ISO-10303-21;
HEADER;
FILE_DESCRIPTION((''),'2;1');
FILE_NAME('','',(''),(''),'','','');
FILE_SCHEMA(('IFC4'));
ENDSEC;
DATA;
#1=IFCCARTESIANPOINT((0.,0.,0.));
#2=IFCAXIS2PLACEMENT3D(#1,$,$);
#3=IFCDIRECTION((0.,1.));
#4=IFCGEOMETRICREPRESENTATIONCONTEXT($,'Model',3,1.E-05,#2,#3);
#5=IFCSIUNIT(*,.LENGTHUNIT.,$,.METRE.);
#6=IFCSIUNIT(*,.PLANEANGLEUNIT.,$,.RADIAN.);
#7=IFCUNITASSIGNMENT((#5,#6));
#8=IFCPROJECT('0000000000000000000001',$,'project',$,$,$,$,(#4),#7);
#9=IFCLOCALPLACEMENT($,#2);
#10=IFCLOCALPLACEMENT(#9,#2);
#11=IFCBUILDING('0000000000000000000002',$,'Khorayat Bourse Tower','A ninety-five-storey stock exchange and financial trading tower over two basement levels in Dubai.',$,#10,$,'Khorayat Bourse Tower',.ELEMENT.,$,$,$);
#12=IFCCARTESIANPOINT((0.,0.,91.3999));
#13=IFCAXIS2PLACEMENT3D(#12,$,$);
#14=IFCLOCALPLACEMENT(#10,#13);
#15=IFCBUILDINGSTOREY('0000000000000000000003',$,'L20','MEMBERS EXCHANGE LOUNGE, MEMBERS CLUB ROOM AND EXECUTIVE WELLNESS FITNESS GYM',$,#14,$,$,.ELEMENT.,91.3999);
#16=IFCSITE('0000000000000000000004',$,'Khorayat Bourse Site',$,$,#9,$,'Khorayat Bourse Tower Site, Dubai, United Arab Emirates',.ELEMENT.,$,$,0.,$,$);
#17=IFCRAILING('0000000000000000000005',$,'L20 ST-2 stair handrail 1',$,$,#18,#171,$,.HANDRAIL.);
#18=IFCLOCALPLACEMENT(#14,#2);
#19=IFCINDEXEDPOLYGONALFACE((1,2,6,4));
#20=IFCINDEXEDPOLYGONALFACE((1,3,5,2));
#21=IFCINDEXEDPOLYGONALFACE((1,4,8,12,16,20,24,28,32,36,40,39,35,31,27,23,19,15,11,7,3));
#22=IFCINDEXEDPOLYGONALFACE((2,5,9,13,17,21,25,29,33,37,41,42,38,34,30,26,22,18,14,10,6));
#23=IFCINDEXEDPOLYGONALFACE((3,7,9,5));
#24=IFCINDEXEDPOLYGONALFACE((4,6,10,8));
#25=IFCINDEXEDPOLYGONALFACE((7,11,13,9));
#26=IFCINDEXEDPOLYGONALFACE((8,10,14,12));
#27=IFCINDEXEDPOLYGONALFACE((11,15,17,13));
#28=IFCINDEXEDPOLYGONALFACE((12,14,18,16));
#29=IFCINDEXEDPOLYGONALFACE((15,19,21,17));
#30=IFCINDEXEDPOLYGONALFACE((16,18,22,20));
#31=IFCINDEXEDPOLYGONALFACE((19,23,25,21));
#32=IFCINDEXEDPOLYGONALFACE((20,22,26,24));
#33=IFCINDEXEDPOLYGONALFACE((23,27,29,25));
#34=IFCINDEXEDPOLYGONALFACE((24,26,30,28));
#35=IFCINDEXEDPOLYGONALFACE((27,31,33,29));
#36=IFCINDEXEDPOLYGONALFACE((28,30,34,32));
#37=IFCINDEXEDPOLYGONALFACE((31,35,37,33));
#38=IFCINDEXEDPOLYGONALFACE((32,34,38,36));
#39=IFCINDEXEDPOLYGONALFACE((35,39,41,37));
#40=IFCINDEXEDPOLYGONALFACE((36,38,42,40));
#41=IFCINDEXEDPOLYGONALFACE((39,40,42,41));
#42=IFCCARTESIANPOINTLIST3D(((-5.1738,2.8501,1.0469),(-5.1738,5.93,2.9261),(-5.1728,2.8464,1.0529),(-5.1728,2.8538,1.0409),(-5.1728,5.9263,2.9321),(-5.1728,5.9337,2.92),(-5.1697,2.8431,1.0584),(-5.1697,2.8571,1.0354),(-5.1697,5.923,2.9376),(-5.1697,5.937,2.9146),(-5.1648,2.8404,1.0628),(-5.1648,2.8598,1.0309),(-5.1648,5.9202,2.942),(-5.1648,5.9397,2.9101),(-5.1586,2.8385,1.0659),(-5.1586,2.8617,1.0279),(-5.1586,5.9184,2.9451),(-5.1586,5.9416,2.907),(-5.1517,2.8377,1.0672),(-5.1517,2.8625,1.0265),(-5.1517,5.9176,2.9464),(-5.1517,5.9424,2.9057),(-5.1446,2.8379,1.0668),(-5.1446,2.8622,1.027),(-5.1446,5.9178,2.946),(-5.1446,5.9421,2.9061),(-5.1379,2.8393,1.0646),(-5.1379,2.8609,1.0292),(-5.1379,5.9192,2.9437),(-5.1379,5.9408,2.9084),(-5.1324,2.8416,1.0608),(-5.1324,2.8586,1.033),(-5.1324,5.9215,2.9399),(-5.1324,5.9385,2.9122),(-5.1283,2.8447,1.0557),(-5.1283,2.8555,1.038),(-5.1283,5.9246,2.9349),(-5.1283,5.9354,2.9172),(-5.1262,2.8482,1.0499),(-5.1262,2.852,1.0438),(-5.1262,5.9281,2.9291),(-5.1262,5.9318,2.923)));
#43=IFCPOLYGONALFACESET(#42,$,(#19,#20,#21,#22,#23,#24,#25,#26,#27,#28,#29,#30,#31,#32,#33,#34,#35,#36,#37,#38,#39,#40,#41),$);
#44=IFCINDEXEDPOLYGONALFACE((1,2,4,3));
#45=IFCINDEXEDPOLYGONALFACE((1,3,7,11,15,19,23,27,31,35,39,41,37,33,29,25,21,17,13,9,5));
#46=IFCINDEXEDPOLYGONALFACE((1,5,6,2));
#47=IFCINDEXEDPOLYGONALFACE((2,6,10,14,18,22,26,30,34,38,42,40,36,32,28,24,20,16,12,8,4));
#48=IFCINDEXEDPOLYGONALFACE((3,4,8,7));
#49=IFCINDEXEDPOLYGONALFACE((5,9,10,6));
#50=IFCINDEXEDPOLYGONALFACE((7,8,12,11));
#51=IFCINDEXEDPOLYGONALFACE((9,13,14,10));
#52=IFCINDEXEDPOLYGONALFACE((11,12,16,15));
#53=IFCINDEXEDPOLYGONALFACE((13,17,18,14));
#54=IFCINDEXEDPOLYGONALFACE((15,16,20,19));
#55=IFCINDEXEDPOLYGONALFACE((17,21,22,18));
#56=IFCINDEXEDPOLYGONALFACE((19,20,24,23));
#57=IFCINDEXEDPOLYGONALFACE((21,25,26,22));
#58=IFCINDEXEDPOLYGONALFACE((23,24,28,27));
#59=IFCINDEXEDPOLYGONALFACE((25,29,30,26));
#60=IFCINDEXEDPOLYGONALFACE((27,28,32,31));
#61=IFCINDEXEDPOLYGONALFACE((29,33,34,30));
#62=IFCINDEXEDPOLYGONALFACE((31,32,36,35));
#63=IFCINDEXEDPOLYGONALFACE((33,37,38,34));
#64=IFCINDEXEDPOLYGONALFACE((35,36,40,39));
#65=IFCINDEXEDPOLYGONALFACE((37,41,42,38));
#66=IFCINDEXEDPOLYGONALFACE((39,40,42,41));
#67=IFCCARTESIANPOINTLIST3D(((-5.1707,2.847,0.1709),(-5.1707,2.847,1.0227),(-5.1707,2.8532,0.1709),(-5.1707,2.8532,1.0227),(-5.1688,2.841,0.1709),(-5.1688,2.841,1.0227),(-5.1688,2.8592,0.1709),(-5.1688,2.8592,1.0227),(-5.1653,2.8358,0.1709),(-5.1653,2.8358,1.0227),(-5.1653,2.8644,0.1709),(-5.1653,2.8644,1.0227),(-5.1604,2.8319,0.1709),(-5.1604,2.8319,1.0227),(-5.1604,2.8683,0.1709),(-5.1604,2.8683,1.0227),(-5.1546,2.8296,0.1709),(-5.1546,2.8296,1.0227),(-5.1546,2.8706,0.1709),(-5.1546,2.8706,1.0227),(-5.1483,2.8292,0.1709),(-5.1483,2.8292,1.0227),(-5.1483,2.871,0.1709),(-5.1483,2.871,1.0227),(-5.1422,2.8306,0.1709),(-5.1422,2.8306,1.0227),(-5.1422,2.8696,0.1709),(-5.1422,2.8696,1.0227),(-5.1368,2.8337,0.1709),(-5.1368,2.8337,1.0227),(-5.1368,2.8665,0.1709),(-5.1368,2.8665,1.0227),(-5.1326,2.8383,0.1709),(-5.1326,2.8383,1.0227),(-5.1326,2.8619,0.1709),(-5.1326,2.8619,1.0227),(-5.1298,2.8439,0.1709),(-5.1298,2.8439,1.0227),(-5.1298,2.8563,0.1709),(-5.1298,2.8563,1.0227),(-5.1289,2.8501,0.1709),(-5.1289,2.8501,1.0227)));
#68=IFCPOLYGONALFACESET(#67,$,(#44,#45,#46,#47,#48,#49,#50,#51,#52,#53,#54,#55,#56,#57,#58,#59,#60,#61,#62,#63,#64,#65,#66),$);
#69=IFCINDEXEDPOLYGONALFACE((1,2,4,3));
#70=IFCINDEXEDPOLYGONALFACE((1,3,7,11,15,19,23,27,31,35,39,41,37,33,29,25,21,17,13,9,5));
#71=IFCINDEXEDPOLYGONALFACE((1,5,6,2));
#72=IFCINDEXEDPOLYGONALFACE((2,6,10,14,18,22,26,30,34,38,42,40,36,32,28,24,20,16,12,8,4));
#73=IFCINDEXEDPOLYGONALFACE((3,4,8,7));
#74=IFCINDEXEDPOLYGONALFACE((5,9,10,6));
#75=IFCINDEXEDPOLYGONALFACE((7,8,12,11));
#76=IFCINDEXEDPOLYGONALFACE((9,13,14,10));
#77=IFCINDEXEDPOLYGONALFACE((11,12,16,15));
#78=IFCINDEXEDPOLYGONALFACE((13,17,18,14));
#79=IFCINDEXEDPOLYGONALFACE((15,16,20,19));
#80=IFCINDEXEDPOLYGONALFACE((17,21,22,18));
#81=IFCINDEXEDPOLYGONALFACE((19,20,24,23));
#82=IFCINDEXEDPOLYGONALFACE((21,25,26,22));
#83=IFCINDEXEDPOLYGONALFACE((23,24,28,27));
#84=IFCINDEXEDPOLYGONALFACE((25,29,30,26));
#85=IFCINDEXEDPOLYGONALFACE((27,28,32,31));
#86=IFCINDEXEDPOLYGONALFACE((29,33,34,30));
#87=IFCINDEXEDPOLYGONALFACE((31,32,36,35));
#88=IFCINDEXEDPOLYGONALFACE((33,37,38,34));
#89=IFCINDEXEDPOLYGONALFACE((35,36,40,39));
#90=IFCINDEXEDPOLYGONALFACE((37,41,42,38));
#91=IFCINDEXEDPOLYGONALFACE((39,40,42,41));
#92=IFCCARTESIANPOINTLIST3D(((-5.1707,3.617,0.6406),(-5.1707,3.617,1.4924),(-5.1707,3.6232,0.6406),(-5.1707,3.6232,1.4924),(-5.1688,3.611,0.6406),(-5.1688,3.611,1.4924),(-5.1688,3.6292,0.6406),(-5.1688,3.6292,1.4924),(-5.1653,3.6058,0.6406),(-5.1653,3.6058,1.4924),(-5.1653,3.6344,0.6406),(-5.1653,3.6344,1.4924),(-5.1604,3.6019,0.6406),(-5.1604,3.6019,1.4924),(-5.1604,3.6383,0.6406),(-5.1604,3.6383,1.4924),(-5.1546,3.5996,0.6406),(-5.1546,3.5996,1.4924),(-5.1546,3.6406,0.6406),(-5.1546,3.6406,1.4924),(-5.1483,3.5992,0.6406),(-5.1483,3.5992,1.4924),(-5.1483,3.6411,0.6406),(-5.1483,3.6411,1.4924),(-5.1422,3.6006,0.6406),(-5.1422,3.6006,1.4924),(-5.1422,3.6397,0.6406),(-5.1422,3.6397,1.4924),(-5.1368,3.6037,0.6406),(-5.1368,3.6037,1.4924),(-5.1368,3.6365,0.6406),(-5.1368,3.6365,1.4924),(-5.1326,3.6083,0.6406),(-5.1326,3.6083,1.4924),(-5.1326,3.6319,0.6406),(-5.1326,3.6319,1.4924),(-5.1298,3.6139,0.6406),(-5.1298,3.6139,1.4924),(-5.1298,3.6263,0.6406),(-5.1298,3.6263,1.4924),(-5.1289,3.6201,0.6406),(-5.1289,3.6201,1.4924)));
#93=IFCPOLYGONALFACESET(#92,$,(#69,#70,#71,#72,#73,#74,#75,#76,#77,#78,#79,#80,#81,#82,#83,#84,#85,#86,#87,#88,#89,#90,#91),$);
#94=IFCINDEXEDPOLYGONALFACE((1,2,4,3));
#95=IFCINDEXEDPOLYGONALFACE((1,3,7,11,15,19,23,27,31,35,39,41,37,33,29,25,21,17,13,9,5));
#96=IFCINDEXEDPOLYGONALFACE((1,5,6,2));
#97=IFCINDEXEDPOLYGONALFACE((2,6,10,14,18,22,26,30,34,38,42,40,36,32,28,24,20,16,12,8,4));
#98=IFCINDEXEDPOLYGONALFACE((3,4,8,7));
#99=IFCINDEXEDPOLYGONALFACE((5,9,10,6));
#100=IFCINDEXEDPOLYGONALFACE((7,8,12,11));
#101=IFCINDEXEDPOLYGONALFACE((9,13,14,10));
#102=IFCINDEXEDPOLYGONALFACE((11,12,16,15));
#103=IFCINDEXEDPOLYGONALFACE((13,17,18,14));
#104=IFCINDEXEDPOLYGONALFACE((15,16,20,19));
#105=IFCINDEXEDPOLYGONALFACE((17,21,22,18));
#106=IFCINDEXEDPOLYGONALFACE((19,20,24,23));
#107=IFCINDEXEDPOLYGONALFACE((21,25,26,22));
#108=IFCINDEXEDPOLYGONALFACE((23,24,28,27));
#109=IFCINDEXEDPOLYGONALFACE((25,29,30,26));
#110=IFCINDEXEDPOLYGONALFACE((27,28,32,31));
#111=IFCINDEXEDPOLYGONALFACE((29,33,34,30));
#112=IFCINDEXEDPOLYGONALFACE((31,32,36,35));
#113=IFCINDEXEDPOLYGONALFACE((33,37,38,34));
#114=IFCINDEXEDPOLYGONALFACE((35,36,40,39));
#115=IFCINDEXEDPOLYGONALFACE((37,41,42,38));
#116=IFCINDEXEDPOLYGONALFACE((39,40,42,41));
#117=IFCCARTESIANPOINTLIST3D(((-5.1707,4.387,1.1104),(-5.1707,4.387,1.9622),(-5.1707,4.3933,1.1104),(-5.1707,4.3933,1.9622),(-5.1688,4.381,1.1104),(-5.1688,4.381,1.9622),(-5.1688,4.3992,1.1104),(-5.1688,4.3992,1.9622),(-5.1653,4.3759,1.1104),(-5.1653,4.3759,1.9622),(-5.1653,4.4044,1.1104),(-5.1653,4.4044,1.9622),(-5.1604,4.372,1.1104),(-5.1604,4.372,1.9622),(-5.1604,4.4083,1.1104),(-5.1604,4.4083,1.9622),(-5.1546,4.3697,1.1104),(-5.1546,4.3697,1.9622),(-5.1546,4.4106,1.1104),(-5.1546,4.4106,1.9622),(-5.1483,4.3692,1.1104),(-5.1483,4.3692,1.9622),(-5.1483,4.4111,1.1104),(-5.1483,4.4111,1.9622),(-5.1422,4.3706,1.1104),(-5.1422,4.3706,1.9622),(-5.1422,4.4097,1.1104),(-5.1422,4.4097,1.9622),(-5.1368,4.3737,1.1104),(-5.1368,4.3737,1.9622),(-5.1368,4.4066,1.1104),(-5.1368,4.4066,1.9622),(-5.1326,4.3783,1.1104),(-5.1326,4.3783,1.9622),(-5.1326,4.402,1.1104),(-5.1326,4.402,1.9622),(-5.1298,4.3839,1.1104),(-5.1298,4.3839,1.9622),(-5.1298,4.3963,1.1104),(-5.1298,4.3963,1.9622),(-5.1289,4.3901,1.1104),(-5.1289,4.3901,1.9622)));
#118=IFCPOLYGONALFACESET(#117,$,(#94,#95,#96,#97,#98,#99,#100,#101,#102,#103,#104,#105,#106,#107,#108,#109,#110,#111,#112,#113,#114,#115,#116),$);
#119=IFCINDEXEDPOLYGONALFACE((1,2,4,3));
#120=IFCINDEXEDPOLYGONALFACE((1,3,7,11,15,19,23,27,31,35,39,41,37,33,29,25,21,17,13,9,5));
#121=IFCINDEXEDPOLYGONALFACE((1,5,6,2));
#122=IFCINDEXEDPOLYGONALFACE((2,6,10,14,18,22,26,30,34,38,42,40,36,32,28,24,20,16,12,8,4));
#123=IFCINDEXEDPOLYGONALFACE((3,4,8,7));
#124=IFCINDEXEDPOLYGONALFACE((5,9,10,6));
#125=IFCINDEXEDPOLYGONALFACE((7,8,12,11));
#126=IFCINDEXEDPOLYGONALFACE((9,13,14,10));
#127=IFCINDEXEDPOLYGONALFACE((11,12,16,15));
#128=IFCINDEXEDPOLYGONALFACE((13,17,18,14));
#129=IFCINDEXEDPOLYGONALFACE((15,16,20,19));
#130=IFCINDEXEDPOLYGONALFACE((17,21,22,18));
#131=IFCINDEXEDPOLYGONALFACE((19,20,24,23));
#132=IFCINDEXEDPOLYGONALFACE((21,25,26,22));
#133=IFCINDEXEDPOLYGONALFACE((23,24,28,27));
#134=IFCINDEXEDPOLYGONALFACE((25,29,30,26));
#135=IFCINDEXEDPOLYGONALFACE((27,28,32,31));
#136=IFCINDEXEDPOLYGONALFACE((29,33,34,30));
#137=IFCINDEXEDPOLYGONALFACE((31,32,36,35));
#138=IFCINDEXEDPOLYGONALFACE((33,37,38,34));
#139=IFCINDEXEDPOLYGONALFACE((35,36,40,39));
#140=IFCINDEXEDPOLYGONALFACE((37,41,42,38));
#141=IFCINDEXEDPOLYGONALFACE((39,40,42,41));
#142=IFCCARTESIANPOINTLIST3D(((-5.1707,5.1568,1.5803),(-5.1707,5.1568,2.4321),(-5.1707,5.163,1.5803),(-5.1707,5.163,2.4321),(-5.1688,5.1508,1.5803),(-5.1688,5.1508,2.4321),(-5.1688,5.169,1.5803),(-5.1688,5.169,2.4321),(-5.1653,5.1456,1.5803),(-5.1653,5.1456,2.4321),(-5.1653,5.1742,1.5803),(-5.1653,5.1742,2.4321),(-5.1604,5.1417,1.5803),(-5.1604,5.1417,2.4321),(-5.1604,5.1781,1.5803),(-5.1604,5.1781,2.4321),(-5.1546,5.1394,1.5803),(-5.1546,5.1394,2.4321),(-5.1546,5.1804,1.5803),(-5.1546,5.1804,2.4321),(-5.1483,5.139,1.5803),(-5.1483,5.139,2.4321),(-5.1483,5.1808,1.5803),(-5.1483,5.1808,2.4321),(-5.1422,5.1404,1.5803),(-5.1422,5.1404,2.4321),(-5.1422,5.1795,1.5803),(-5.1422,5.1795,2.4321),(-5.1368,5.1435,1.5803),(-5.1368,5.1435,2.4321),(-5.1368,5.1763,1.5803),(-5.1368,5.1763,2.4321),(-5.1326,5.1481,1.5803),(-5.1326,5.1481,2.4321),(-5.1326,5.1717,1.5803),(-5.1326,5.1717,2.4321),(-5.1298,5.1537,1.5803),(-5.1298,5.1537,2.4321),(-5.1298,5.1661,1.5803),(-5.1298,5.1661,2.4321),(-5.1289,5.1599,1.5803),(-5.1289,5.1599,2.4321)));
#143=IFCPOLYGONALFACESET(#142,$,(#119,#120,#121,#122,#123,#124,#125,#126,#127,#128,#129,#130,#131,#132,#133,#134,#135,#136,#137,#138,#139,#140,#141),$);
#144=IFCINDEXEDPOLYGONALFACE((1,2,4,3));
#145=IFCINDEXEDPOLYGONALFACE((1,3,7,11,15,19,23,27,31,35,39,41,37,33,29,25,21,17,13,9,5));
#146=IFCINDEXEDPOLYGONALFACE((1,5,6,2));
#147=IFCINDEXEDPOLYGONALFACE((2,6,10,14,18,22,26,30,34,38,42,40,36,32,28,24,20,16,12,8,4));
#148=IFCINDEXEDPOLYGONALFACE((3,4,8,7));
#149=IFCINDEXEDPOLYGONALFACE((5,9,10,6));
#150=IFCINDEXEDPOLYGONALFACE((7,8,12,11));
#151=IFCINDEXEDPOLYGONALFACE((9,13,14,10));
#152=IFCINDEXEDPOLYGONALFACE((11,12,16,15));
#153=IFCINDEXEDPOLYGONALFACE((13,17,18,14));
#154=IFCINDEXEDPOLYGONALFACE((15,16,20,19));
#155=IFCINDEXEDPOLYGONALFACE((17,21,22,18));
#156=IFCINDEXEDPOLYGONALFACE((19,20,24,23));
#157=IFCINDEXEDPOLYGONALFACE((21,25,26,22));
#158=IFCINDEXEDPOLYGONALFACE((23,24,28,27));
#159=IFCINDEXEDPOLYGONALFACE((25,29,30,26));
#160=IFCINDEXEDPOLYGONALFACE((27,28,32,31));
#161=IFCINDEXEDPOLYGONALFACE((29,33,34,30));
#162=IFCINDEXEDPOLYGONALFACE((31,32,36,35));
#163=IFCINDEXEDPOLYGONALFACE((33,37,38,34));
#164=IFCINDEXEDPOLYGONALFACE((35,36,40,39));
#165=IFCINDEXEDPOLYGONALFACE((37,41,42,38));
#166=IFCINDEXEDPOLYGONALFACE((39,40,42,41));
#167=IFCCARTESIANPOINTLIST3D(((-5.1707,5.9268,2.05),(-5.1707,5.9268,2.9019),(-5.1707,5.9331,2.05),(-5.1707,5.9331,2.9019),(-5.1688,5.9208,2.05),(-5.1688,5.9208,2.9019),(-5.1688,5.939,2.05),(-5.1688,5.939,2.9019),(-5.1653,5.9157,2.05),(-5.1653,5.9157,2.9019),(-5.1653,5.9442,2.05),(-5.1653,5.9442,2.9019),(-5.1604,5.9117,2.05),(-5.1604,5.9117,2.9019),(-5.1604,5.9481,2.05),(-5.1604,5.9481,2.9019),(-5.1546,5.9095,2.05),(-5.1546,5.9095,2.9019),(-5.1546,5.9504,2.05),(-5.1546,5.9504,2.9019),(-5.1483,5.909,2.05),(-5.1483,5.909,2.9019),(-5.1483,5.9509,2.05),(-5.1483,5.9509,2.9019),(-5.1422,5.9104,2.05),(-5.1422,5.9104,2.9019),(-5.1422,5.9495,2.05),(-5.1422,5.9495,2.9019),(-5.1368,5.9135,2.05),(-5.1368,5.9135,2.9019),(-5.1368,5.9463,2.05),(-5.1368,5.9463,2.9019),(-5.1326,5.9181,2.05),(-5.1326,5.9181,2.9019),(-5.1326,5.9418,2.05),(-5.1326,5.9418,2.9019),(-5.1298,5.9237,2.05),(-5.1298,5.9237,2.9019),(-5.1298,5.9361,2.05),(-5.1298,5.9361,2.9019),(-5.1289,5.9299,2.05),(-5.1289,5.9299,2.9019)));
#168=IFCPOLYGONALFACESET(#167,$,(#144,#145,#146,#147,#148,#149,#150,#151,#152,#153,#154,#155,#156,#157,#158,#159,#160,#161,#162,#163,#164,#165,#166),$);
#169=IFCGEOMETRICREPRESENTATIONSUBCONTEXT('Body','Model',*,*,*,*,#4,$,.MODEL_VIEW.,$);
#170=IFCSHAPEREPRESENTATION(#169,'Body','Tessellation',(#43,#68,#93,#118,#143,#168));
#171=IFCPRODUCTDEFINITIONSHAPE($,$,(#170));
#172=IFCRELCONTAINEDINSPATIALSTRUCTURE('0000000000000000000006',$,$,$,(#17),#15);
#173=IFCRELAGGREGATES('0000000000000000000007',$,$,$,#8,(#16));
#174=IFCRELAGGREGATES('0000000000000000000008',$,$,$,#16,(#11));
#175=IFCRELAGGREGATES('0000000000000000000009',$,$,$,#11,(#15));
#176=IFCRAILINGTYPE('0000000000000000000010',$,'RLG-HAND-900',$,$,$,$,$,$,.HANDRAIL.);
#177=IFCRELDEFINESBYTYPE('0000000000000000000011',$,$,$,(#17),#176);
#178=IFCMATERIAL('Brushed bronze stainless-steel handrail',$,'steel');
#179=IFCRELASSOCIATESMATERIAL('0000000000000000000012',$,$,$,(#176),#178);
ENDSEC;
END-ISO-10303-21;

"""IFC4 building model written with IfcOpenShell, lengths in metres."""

from ifc_helpers import new_model, si_unit, direction, frame, origin, origin_2d, place, context, subcontext, project, spatial, circle, extrude, source, transform, mapped, material, type_object, element, save


model = new_model("IFC4")

# Units and contexts
model_context = context("Model", 3, precision=1e-05, world=origin(), true_north=direction((0.0, 1.0)))
body_context = subcontext(model_context, "Body", "Model", "MODEL_VIEW")
ifc_project = project(units=[si_unit("LENGTHUNIT", "METRE"), si_unit("PLANEANGLEUNIT", "RADIAN")], contexts=[model_context])

# Site, building, storey
site_placement = place(None, origin())
site = spatial("IfcSite", under=ifc_project, at=site_placement, Name="Khorayat Bourse Site", LongName="Khorayat Bourse Tower Site, Dubai, United Arab Emirates", CompositionType="ELEMENT", RefElevation=0.0)
building_placement = place(site_placement, origin())
building = spatial("IfcBuilding", under=site, at=building_placement, Name="Khorayat Bourse Tower", Description="A ninety-five-storey stock exchange and financial trading tower over two basement levels in Dubai.", LongName="Khorayat Bourse Tower", CompositionType="ELEMENT")
storey_placement = place(building_placement, frame((0.0, 0.0, 91.3999)))
storey = spatial("IfcBuildingStorey", under=building, at=storey_placement, Name="L20", Description="MEMBERS EXCHANGE LOUNGE, MEMBERS CLUB ROOM AND EXECUTIVE WELLNESS FITNESS GYM", CompositionType="ELEMENT", Elevation=91.3999)

# Railing
ifc_material_1 = material(Name="Brushed bronze stainless-steel handrail", Category="steel")
railing_type_1 = type_object("IfcRailingType", Name="RLG-HAND-900", PredefinedType="HANDRAIL", material=ifc_material_1)
shared_shape_1 = source(origin(), body_context, "Body", "SweptSolid", [
    extrude(circle(Radius=0.0239, at=origin_2d()), frame((0.0, 0.0, 0.876), z_axis=(0.0, 0.853648, 0.52085), x_axis=(-1.0, 0.0, 0.0)), (0.0, 0.0, 1.0), 3.6079),
    extrude(circle(Radius=0.021, at=origin_2d()), origin(), (0.0, 0.0, 1.0), 0.8518),
    extrude(circle(Radius=0.021, at=origin_2d()), frame((0.0, 0.77, 0.4697)), (0.0, 0.0, 1.0), 0.8518),
    extrude(circle(Radius=0.021, at=origin_2d()), frame((0.0, 1.54, 0.9395)), (0.0, 0.0, 1.0), 0.8518),
    extrude(circle(Radius=0.021, at=origin_2d()), frame((0.0, 2.3098, 1.4094)), (0.0, 0.0, 1.0), 0.8518),
    extrude(circle(Radius=0.021, at=origin_2d()), frame((0.0, 3.0798, 1.8792)), (0.0, 0.0, 1.0), 0.8518),
])
railing_1_placement = place(storey_placement, frame((-5.1499, 2.8501, 0.1709)))
element("IfcRailing", 1, at=railing_1_placement, inside=storey, type_object=railing_type_1, Name="L20 ST-2 stair handrail 1", PredefinedType="HANDRAIL", context=body_context, shape_type="MappedRepresentation", body=[
    mapped(shared_shape_1, transform((0.0, 0.0, 0.0), scale=1.0)),
])

save(model, "model.ifc")
